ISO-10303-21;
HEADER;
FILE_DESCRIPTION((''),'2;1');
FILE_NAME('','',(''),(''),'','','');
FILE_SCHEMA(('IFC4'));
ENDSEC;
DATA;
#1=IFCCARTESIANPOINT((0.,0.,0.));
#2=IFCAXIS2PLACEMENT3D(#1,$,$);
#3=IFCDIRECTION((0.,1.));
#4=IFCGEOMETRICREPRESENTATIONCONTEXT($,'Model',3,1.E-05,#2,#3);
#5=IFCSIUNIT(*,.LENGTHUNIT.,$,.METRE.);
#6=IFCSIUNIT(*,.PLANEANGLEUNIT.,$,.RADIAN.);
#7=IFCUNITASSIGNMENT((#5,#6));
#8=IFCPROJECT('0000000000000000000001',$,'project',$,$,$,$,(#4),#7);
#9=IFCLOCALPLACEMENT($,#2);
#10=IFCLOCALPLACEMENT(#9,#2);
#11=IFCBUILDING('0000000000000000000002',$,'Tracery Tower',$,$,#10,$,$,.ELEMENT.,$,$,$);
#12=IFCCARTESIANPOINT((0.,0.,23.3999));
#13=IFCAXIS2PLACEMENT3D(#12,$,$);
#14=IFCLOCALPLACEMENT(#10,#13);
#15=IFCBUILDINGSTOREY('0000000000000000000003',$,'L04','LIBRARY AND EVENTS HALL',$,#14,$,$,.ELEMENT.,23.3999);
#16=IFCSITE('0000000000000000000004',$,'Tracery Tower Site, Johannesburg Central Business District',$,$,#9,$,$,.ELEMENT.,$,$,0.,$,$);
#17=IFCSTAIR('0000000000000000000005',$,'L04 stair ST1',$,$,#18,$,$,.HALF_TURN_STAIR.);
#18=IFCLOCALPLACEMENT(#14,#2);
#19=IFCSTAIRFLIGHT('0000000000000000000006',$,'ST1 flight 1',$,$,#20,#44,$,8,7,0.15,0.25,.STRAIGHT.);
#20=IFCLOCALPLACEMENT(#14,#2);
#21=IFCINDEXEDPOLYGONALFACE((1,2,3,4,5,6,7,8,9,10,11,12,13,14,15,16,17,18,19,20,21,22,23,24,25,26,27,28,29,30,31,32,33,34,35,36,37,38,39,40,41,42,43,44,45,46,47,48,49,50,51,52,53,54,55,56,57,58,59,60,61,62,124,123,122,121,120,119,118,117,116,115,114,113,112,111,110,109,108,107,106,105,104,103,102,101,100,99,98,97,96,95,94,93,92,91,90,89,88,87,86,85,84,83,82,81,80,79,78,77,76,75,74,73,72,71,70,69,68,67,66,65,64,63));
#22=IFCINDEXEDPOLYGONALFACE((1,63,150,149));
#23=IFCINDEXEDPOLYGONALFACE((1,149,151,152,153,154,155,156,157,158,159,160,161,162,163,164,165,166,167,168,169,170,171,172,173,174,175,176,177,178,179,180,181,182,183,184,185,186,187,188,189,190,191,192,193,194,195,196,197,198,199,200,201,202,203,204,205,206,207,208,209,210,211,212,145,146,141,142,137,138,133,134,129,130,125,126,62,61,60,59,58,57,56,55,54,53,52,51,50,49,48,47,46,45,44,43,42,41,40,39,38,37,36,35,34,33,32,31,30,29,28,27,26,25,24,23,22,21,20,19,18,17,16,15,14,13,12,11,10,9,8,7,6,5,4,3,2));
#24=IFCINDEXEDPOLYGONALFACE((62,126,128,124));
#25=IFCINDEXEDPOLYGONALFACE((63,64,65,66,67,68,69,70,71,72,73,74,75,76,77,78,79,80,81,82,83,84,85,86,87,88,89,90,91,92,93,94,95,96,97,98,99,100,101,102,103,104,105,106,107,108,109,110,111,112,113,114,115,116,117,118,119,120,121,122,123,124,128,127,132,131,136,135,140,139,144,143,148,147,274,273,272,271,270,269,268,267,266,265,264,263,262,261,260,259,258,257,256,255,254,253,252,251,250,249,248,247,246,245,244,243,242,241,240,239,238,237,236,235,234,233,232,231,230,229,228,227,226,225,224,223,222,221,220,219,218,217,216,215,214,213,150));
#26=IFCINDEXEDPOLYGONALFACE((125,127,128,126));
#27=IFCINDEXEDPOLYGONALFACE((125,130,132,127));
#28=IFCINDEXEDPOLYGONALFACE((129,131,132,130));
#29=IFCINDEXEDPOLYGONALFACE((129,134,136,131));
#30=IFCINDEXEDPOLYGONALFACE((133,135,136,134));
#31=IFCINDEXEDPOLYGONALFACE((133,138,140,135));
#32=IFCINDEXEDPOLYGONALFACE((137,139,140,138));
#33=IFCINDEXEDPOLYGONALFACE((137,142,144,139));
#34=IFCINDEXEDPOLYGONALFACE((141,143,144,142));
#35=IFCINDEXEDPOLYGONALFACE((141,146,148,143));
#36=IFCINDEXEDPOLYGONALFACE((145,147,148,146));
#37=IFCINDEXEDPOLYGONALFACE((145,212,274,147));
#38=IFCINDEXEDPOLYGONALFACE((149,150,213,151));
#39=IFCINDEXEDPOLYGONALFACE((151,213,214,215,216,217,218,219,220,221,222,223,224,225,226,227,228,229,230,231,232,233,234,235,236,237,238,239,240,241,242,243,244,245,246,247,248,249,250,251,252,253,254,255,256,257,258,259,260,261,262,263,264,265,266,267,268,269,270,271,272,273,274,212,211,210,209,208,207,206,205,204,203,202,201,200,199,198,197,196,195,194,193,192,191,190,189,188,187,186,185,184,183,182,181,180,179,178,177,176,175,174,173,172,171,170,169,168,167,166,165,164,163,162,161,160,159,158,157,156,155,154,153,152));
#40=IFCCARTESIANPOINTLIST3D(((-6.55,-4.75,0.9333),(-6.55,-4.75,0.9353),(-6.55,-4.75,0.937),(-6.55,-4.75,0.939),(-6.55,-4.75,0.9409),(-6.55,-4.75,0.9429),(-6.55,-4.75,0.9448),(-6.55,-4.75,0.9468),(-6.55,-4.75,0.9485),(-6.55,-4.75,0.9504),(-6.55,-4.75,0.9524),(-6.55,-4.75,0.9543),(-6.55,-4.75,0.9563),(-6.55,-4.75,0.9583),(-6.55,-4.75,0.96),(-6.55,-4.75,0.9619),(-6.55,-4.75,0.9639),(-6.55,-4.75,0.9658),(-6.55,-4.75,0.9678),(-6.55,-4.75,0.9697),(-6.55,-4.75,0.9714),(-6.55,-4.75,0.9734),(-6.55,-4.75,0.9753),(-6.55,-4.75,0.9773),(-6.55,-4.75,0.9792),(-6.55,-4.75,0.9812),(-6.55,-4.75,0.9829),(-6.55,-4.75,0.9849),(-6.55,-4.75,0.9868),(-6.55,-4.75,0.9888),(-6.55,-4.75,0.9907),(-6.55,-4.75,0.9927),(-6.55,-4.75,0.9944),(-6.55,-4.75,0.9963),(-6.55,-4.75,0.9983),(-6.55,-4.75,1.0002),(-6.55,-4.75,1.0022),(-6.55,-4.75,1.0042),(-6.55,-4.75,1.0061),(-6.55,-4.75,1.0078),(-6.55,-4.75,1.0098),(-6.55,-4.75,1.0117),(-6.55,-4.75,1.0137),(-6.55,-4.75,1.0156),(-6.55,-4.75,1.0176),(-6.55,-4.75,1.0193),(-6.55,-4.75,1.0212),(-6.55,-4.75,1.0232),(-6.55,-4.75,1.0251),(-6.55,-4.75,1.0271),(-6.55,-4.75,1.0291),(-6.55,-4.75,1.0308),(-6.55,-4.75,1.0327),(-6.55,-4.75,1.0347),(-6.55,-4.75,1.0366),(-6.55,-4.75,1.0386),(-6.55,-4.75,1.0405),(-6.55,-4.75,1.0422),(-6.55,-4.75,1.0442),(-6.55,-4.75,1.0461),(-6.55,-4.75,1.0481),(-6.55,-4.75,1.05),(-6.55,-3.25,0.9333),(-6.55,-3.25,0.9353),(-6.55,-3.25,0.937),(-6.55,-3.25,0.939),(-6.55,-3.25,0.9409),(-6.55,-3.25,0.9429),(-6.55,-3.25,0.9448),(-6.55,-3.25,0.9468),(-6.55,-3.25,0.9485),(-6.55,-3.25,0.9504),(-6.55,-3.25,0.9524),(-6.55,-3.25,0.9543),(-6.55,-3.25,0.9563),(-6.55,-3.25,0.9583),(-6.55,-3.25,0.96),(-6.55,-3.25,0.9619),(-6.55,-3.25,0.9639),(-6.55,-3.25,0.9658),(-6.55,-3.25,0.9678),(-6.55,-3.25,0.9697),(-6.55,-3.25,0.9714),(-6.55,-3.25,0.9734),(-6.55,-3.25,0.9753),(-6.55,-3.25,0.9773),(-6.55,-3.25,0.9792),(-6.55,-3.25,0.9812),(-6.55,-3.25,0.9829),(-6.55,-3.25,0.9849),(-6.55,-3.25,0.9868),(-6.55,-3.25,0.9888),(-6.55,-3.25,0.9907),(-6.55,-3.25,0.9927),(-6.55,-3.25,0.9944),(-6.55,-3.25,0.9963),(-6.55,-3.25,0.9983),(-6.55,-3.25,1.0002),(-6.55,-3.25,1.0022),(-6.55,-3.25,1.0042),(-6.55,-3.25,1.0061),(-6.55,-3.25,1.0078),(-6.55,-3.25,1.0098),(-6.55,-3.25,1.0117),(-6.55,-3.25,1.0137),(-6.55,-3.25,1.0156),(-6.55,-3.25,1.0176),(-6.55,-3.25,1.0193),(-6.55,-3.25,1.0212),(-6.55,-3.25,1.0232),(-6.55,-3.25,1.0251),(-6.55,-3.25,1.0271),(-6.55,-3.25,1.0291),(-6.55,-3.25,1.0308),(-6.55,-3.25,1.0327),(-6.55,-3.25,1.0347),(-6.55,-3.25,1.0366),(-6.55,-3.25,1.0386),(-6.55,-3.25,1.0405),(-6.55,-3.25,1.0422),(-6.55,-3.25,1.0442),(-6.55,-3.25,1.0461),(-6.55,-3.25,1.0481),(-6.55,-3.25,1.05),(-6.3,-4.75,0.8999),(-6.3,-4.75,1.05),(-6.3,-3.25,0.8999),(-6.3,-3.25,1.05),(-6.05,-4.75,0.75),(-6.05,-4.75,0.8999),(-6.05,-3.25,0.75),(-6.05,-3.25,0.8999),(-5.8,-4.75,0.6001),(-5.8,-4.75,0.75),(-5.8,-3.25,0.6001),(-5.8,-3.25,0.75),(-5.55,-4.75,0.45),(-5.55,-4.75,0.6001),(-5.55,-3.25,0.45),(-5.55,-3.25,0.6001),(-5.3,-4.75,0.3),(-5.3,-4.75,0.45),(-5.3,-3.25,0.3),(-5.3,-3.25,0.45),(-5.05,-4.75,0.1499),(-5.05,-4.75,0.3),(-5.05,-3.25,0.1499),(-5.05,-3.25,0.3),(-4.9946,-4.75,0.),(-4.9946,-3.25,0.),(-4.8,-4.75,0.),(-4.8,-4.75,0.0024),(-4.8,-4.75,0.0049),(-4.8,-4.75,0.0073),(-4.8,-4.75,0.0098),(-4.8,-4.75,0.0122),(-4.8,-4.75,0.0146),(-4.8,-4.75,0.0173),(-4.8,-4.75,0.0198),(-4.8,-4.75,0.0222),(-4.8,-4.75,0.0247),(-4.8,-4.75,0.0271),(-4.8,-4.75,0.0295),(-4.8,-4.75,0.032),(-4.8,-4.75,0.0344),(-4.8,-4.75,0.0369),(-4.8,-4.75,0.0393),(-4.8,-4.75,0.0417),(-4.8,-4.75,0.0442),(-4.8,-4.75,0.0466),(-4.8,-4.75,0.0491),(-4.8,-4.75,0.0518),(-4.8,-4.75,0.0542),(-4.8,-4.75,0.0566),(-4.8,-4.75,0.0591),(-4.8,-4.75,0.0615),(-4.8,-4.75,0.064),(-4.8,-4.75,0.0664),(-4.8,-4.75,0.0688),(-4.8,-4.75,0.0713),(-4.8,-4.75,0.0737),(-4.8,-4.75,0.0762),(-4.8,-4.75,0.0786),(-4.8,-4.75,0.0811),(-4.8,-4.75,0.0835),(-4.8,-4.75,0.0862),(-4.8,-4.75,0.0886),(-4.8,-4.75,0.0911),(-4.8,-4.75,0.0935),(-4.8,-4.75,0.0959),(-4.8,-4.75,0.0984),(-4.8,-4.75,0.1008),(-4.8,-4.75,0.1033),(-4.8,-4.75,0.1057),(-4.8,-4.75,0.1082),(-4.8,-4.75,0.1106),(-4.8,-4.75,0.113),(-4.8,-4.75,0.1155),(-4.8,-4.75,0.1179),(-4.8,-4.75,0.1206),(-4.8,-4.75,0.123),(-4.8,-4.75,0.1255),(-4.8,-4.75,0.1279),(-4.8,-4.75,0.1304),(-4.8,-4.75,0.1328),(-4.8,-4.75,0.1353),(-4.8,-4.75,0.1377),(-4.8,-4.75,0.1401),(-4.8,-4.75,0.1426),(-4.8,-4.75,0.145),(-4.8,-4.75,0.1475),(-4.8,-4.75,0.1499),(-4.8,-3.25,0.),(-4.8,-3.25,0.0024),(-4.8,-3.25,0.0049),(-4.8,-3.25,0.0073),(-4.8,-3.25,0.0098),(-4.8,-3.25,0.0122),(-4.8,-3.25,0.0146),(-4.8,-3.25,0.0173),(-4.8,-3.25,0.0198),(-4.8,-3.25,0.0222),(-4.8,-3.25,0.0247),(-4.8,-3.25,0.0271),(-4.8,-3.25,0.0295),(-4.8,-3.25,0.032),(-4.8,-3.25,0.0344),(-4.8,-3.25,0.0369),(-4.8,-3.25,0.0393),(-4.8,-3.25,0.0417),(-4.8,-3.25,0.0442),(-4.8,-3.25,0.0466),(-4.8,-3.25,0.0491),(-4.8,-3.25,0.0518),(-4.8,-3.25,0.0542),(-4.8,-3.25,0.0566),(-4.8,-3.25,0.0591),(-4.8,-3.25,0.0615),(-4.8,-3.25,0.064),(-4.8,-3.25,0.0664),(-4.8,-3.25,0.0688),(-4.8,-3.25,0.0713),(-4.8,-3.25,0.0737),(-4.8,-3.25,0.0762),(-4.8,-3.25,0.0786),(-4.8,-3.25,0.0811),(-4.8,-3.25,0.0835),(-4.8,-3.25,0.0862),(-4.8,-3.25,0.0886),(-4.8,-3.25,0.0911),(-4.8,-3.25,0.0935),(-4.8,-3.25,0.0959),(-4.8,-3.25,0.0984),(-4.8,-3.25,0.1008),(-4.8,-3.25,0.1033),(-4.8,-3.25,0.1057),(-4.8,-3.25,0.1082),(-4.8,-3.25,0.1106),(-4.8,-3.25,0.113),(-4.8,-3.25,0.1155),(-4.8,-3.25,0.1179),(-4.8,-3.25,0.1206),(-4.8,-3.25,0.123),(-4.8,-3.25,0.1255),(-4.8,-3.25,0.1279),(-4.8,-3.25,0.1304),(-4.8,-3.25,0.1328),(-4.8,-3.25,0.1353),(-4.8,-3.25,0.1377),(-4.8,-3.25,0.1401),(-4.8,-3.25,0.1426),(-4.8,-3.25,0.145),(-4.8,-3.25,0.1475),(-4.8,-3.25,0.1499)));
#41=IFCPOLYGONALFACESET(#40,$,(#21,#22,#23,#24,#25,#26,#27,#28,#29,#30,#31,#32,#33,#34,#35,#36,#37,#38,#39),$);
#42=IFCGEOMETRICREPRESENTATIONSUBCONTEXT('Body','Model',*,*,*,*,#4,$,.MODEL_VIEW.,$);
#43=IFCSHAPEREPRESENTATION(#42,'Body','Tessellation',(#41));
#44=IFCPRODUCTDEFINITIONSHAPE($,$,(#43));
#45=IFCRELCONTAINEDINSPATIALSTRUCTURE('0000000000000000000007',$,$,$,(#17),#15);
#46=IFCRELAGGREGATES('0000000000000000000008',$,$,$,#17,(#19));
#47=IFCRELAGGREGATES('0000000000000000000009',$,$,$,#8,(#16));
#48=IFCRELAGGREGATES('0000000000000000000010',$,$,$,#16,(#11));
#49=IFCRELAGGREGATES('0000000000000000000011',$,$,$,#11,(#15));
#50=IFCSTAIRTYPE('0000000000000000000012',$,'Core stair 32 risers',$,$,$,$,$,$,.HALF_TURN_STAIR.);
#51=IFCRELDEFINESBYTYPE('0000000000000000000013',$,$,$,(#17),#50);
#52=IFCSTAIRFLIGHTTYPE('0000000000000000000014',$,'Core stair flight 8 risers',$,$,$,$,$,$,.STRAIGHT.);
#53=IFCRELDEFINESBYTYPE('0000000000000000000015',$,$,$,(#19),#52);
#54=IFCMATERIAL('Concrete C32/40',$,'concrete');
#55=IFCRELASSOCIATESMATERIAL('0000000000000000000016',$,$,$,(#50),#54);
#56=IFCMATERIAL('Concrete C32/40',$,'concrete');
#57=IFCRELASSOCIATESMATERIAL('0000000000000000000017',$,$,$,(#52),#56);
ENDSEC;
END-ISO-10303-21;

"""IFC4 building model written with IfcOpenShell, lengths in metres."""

from ifc_helpers import new_model, si_unit, direction, frame, origin, place, context, subcontext, project, spatial, polyline, outline, extrude, material, type_object, element, aggregate, save


model = new_model("IFC4")

# Units and contexts
model_context = context("Model", 3, precision=1e-05, world=origin(), true_north=direction((0.0, 1.0)))
body_context = subcontext(model_context, "Body", "Model", "MODEL_VIEW")
ifc_project = project(units=[si_unit("LENGTHUNIT", "METRE"), si_unit("PLANEANGLEUNIT", "RADIAN")], contexts=[model_context])

# Site, building, storey
site_placement = place(None, origin())
site = spatial("IfcSite", under=ifc_project, at=site_placement, Name="Tracery Tower Site, Johannesburg Central Business District", CompositionType="ELEMENT", RefElevation=0.0)
building_placement = place(site_placement, origin())
building = spatial("IfcBuilding", under=site, at=building_placement, Name="Tracery Tower", CompositionType="ELEMENT")
storey_placement = place(building_placement, frame((0.0, 0.0, 23.3999)))
storey = spatial("IfcBuildingStorey", under=building, at=storey_placement, Name="L04", Description="LIBRARY AND EVENTS HALL", CompositionType="ELEMENT", Elevation=23.3999)

# Stair, stair flight
ifc_material_1 = material(Name="Concrete C32/40", Category="concrete")
stair_type = type_object("IfcStairType", Name="Core stair 32 risers", PredefinedType="HALF_TURN_STAIR", material=ifc_material_1)
stair_placement = place(storey_placement, origin())
stair = element("IfcStair", 1, at=stair_placement, inside=storey, type_object=stair_type, Name="L04 stair ST1", PredefinedType="HALF_TURN_STAIR")
ifc_material_2 = material(Name="Concrete C32/40", Category="concrete")
stair_flight_type = type_object("IfcStairFlightType", Name="Core stair flight 8 risers", PredefinedType="STRAIGHT", material=ifc_material_2)
stair_flight_1_placement = place(storey_placement, frame((-4.8, -4.0, 0.0), z_axis=(0.0, 0.0, 1.0), x_axis=(-1.0, 0.0, 0.0)))
stair_flight_1 = element("IfcStairFlight", 2, at=stair_flight_1_placement, type_object=stair_flight_type, Name="ST1 flight 1", NumberOfRisers=8, NumberOfTreads=7, PredefinedType="STRAIGHT", RiserHeight=0.15, TreadLength=0.25, context=body_context, shape_type="SweptSolid", body=[
    extrude(outline(polyline([(0.0, 0.0), (0.0, 0.0024), (0.0, 0.0049), (0.0, 0.0073), (0.0, 0.0098), (0.0, 0.0122), (0.0, 0.0146), (0.0, 0.0173), (0.0, 0.0198), (0.0, 0.0222), (0.0, 0.0247), (0.0, 0.0271), (0.0, 0.0295), (0.0, 0.032), (0.0, 0.0344), (0.0, 0.0369), (0.0, 0.0393), (0.0, 0.0417), (0.0, 0.0442), (0.0, 0.0466), (0.0, 0.0491), (0.0, 0.0518), (0.0, 0.0542), (0.0, 0.0566), (0.0, 0.0591), (0.0, 0.0615), (0.0, 0.064), (0.0, 0.0664), (0.0, 0.0688), (0.0, 0.0713), (0.0, 0.0737), (0.0, 0.0762), (0.0, 0.0786), (0.0, 0.0811), (0.0, 0.0835), (0.0, 0.0862), (0.0, 0.0886), (0.0, 0.0911), (0.0, 0.0935), (0.0, 0.0959), (0.0, 0.0984), (0.0, 0.1008), (0.0, 0.1033), (0.0, 0.1057), (0.0, 0.1082), (0.0, 0.1106), (0.0, 0.113), (0.0, 0.1155), (0.0, 0.1179), (0.0, 0.1206), (0.0, 0.123), (0.0, 0.1255), (0.0, 0.1279), (0.0, 0.1304), (0.0, 0.1328), (0.0, 0.1353), (0.0, 0.1377), (0.0, 0.1401), (0.0, 0.1426), (0.0, 0.145), (0.0, 0.1475), (0.0, 0.1499), (0.25, 0.1499), (0.25, 0.3), (0.5, 0.3), (0.5, 0.45), (0.75, 0.45), (0.75, 0.6001), (1.0, 0.6001), (1.0, 0.75), (1.25, 0.75), (1.25, 0.8999), (1.5, 0.8999), (1.5, 1.05), (1.75, 1.05), (1.75, 1.0481), (1.75, 1.0461), (1.75, 1.0442), (1.75, 1.0422), (1.75, 1.0405), (1.75, 1.0386), (1.75, 1.0366), (1.75, 1.0347), (1.75, 1.0327), (1.75, 1.0308), (1.75, 1.0291), (1.75, 1.0271), (1.75, 1.0251), (1.75, 1.0232), (1.75, 1.0212), (1.75, 1.0193), (1.75, 1.0176), (1.75, 1.0156), (1.75, 1.0137), (1.75, 1.0117), (1.75, 1.0098), (1.75, 1.0078), (1.75, 1.0061), (1.75, 1.0042), (1.75, 1.0022), (1.75, 1.0002), (1.75, 0.9983), (1.75, 0.9963), (1.75, 0.9944), (1.75, 0.9927), (1.75, 0.9907), (1.75, 0.9888), (1.75, 0.9868), (1.75, 0.9849), (1.75, 0.9829), (1.75, 0.9812), (1.75, 0.9792), (1.75, 0.9773), (1.75, 0.9753), (1.75, 0.9734), (1.75, 0.9714), (1.75, 0.9697), (1.75, 0.9678), (1.75, 0.9658), (1.75, 0.9639), (1.75, 0.9619), (1.75, 0.96), (1.75, 0.9583), (1.75, 0.9563), (1.75, 0.9543), (1.75, 0.9524), (1.75, 0.9504), (1.75, 0.9485), (1.75, 0.9468), (1.75, 0.9448), (1.75, 0.9429), (1.75, 0.9409), (1.75, 0.939), (1.75, 0.937), (1.75, 0.9353), (1.75, 0.9333), (0.1946, 0.0), (0.0, 0.0)])), frame((0.0, 0.75, 0.0), z_axis=(0.0, -1.0, 0.0), x_axis=(1.0, 0.0, 0.0)), (0.0, 0.0, 1.0), 1.5),
])
aggregate(stair, [stair_flight_1])

save(model, "model.ifc")
